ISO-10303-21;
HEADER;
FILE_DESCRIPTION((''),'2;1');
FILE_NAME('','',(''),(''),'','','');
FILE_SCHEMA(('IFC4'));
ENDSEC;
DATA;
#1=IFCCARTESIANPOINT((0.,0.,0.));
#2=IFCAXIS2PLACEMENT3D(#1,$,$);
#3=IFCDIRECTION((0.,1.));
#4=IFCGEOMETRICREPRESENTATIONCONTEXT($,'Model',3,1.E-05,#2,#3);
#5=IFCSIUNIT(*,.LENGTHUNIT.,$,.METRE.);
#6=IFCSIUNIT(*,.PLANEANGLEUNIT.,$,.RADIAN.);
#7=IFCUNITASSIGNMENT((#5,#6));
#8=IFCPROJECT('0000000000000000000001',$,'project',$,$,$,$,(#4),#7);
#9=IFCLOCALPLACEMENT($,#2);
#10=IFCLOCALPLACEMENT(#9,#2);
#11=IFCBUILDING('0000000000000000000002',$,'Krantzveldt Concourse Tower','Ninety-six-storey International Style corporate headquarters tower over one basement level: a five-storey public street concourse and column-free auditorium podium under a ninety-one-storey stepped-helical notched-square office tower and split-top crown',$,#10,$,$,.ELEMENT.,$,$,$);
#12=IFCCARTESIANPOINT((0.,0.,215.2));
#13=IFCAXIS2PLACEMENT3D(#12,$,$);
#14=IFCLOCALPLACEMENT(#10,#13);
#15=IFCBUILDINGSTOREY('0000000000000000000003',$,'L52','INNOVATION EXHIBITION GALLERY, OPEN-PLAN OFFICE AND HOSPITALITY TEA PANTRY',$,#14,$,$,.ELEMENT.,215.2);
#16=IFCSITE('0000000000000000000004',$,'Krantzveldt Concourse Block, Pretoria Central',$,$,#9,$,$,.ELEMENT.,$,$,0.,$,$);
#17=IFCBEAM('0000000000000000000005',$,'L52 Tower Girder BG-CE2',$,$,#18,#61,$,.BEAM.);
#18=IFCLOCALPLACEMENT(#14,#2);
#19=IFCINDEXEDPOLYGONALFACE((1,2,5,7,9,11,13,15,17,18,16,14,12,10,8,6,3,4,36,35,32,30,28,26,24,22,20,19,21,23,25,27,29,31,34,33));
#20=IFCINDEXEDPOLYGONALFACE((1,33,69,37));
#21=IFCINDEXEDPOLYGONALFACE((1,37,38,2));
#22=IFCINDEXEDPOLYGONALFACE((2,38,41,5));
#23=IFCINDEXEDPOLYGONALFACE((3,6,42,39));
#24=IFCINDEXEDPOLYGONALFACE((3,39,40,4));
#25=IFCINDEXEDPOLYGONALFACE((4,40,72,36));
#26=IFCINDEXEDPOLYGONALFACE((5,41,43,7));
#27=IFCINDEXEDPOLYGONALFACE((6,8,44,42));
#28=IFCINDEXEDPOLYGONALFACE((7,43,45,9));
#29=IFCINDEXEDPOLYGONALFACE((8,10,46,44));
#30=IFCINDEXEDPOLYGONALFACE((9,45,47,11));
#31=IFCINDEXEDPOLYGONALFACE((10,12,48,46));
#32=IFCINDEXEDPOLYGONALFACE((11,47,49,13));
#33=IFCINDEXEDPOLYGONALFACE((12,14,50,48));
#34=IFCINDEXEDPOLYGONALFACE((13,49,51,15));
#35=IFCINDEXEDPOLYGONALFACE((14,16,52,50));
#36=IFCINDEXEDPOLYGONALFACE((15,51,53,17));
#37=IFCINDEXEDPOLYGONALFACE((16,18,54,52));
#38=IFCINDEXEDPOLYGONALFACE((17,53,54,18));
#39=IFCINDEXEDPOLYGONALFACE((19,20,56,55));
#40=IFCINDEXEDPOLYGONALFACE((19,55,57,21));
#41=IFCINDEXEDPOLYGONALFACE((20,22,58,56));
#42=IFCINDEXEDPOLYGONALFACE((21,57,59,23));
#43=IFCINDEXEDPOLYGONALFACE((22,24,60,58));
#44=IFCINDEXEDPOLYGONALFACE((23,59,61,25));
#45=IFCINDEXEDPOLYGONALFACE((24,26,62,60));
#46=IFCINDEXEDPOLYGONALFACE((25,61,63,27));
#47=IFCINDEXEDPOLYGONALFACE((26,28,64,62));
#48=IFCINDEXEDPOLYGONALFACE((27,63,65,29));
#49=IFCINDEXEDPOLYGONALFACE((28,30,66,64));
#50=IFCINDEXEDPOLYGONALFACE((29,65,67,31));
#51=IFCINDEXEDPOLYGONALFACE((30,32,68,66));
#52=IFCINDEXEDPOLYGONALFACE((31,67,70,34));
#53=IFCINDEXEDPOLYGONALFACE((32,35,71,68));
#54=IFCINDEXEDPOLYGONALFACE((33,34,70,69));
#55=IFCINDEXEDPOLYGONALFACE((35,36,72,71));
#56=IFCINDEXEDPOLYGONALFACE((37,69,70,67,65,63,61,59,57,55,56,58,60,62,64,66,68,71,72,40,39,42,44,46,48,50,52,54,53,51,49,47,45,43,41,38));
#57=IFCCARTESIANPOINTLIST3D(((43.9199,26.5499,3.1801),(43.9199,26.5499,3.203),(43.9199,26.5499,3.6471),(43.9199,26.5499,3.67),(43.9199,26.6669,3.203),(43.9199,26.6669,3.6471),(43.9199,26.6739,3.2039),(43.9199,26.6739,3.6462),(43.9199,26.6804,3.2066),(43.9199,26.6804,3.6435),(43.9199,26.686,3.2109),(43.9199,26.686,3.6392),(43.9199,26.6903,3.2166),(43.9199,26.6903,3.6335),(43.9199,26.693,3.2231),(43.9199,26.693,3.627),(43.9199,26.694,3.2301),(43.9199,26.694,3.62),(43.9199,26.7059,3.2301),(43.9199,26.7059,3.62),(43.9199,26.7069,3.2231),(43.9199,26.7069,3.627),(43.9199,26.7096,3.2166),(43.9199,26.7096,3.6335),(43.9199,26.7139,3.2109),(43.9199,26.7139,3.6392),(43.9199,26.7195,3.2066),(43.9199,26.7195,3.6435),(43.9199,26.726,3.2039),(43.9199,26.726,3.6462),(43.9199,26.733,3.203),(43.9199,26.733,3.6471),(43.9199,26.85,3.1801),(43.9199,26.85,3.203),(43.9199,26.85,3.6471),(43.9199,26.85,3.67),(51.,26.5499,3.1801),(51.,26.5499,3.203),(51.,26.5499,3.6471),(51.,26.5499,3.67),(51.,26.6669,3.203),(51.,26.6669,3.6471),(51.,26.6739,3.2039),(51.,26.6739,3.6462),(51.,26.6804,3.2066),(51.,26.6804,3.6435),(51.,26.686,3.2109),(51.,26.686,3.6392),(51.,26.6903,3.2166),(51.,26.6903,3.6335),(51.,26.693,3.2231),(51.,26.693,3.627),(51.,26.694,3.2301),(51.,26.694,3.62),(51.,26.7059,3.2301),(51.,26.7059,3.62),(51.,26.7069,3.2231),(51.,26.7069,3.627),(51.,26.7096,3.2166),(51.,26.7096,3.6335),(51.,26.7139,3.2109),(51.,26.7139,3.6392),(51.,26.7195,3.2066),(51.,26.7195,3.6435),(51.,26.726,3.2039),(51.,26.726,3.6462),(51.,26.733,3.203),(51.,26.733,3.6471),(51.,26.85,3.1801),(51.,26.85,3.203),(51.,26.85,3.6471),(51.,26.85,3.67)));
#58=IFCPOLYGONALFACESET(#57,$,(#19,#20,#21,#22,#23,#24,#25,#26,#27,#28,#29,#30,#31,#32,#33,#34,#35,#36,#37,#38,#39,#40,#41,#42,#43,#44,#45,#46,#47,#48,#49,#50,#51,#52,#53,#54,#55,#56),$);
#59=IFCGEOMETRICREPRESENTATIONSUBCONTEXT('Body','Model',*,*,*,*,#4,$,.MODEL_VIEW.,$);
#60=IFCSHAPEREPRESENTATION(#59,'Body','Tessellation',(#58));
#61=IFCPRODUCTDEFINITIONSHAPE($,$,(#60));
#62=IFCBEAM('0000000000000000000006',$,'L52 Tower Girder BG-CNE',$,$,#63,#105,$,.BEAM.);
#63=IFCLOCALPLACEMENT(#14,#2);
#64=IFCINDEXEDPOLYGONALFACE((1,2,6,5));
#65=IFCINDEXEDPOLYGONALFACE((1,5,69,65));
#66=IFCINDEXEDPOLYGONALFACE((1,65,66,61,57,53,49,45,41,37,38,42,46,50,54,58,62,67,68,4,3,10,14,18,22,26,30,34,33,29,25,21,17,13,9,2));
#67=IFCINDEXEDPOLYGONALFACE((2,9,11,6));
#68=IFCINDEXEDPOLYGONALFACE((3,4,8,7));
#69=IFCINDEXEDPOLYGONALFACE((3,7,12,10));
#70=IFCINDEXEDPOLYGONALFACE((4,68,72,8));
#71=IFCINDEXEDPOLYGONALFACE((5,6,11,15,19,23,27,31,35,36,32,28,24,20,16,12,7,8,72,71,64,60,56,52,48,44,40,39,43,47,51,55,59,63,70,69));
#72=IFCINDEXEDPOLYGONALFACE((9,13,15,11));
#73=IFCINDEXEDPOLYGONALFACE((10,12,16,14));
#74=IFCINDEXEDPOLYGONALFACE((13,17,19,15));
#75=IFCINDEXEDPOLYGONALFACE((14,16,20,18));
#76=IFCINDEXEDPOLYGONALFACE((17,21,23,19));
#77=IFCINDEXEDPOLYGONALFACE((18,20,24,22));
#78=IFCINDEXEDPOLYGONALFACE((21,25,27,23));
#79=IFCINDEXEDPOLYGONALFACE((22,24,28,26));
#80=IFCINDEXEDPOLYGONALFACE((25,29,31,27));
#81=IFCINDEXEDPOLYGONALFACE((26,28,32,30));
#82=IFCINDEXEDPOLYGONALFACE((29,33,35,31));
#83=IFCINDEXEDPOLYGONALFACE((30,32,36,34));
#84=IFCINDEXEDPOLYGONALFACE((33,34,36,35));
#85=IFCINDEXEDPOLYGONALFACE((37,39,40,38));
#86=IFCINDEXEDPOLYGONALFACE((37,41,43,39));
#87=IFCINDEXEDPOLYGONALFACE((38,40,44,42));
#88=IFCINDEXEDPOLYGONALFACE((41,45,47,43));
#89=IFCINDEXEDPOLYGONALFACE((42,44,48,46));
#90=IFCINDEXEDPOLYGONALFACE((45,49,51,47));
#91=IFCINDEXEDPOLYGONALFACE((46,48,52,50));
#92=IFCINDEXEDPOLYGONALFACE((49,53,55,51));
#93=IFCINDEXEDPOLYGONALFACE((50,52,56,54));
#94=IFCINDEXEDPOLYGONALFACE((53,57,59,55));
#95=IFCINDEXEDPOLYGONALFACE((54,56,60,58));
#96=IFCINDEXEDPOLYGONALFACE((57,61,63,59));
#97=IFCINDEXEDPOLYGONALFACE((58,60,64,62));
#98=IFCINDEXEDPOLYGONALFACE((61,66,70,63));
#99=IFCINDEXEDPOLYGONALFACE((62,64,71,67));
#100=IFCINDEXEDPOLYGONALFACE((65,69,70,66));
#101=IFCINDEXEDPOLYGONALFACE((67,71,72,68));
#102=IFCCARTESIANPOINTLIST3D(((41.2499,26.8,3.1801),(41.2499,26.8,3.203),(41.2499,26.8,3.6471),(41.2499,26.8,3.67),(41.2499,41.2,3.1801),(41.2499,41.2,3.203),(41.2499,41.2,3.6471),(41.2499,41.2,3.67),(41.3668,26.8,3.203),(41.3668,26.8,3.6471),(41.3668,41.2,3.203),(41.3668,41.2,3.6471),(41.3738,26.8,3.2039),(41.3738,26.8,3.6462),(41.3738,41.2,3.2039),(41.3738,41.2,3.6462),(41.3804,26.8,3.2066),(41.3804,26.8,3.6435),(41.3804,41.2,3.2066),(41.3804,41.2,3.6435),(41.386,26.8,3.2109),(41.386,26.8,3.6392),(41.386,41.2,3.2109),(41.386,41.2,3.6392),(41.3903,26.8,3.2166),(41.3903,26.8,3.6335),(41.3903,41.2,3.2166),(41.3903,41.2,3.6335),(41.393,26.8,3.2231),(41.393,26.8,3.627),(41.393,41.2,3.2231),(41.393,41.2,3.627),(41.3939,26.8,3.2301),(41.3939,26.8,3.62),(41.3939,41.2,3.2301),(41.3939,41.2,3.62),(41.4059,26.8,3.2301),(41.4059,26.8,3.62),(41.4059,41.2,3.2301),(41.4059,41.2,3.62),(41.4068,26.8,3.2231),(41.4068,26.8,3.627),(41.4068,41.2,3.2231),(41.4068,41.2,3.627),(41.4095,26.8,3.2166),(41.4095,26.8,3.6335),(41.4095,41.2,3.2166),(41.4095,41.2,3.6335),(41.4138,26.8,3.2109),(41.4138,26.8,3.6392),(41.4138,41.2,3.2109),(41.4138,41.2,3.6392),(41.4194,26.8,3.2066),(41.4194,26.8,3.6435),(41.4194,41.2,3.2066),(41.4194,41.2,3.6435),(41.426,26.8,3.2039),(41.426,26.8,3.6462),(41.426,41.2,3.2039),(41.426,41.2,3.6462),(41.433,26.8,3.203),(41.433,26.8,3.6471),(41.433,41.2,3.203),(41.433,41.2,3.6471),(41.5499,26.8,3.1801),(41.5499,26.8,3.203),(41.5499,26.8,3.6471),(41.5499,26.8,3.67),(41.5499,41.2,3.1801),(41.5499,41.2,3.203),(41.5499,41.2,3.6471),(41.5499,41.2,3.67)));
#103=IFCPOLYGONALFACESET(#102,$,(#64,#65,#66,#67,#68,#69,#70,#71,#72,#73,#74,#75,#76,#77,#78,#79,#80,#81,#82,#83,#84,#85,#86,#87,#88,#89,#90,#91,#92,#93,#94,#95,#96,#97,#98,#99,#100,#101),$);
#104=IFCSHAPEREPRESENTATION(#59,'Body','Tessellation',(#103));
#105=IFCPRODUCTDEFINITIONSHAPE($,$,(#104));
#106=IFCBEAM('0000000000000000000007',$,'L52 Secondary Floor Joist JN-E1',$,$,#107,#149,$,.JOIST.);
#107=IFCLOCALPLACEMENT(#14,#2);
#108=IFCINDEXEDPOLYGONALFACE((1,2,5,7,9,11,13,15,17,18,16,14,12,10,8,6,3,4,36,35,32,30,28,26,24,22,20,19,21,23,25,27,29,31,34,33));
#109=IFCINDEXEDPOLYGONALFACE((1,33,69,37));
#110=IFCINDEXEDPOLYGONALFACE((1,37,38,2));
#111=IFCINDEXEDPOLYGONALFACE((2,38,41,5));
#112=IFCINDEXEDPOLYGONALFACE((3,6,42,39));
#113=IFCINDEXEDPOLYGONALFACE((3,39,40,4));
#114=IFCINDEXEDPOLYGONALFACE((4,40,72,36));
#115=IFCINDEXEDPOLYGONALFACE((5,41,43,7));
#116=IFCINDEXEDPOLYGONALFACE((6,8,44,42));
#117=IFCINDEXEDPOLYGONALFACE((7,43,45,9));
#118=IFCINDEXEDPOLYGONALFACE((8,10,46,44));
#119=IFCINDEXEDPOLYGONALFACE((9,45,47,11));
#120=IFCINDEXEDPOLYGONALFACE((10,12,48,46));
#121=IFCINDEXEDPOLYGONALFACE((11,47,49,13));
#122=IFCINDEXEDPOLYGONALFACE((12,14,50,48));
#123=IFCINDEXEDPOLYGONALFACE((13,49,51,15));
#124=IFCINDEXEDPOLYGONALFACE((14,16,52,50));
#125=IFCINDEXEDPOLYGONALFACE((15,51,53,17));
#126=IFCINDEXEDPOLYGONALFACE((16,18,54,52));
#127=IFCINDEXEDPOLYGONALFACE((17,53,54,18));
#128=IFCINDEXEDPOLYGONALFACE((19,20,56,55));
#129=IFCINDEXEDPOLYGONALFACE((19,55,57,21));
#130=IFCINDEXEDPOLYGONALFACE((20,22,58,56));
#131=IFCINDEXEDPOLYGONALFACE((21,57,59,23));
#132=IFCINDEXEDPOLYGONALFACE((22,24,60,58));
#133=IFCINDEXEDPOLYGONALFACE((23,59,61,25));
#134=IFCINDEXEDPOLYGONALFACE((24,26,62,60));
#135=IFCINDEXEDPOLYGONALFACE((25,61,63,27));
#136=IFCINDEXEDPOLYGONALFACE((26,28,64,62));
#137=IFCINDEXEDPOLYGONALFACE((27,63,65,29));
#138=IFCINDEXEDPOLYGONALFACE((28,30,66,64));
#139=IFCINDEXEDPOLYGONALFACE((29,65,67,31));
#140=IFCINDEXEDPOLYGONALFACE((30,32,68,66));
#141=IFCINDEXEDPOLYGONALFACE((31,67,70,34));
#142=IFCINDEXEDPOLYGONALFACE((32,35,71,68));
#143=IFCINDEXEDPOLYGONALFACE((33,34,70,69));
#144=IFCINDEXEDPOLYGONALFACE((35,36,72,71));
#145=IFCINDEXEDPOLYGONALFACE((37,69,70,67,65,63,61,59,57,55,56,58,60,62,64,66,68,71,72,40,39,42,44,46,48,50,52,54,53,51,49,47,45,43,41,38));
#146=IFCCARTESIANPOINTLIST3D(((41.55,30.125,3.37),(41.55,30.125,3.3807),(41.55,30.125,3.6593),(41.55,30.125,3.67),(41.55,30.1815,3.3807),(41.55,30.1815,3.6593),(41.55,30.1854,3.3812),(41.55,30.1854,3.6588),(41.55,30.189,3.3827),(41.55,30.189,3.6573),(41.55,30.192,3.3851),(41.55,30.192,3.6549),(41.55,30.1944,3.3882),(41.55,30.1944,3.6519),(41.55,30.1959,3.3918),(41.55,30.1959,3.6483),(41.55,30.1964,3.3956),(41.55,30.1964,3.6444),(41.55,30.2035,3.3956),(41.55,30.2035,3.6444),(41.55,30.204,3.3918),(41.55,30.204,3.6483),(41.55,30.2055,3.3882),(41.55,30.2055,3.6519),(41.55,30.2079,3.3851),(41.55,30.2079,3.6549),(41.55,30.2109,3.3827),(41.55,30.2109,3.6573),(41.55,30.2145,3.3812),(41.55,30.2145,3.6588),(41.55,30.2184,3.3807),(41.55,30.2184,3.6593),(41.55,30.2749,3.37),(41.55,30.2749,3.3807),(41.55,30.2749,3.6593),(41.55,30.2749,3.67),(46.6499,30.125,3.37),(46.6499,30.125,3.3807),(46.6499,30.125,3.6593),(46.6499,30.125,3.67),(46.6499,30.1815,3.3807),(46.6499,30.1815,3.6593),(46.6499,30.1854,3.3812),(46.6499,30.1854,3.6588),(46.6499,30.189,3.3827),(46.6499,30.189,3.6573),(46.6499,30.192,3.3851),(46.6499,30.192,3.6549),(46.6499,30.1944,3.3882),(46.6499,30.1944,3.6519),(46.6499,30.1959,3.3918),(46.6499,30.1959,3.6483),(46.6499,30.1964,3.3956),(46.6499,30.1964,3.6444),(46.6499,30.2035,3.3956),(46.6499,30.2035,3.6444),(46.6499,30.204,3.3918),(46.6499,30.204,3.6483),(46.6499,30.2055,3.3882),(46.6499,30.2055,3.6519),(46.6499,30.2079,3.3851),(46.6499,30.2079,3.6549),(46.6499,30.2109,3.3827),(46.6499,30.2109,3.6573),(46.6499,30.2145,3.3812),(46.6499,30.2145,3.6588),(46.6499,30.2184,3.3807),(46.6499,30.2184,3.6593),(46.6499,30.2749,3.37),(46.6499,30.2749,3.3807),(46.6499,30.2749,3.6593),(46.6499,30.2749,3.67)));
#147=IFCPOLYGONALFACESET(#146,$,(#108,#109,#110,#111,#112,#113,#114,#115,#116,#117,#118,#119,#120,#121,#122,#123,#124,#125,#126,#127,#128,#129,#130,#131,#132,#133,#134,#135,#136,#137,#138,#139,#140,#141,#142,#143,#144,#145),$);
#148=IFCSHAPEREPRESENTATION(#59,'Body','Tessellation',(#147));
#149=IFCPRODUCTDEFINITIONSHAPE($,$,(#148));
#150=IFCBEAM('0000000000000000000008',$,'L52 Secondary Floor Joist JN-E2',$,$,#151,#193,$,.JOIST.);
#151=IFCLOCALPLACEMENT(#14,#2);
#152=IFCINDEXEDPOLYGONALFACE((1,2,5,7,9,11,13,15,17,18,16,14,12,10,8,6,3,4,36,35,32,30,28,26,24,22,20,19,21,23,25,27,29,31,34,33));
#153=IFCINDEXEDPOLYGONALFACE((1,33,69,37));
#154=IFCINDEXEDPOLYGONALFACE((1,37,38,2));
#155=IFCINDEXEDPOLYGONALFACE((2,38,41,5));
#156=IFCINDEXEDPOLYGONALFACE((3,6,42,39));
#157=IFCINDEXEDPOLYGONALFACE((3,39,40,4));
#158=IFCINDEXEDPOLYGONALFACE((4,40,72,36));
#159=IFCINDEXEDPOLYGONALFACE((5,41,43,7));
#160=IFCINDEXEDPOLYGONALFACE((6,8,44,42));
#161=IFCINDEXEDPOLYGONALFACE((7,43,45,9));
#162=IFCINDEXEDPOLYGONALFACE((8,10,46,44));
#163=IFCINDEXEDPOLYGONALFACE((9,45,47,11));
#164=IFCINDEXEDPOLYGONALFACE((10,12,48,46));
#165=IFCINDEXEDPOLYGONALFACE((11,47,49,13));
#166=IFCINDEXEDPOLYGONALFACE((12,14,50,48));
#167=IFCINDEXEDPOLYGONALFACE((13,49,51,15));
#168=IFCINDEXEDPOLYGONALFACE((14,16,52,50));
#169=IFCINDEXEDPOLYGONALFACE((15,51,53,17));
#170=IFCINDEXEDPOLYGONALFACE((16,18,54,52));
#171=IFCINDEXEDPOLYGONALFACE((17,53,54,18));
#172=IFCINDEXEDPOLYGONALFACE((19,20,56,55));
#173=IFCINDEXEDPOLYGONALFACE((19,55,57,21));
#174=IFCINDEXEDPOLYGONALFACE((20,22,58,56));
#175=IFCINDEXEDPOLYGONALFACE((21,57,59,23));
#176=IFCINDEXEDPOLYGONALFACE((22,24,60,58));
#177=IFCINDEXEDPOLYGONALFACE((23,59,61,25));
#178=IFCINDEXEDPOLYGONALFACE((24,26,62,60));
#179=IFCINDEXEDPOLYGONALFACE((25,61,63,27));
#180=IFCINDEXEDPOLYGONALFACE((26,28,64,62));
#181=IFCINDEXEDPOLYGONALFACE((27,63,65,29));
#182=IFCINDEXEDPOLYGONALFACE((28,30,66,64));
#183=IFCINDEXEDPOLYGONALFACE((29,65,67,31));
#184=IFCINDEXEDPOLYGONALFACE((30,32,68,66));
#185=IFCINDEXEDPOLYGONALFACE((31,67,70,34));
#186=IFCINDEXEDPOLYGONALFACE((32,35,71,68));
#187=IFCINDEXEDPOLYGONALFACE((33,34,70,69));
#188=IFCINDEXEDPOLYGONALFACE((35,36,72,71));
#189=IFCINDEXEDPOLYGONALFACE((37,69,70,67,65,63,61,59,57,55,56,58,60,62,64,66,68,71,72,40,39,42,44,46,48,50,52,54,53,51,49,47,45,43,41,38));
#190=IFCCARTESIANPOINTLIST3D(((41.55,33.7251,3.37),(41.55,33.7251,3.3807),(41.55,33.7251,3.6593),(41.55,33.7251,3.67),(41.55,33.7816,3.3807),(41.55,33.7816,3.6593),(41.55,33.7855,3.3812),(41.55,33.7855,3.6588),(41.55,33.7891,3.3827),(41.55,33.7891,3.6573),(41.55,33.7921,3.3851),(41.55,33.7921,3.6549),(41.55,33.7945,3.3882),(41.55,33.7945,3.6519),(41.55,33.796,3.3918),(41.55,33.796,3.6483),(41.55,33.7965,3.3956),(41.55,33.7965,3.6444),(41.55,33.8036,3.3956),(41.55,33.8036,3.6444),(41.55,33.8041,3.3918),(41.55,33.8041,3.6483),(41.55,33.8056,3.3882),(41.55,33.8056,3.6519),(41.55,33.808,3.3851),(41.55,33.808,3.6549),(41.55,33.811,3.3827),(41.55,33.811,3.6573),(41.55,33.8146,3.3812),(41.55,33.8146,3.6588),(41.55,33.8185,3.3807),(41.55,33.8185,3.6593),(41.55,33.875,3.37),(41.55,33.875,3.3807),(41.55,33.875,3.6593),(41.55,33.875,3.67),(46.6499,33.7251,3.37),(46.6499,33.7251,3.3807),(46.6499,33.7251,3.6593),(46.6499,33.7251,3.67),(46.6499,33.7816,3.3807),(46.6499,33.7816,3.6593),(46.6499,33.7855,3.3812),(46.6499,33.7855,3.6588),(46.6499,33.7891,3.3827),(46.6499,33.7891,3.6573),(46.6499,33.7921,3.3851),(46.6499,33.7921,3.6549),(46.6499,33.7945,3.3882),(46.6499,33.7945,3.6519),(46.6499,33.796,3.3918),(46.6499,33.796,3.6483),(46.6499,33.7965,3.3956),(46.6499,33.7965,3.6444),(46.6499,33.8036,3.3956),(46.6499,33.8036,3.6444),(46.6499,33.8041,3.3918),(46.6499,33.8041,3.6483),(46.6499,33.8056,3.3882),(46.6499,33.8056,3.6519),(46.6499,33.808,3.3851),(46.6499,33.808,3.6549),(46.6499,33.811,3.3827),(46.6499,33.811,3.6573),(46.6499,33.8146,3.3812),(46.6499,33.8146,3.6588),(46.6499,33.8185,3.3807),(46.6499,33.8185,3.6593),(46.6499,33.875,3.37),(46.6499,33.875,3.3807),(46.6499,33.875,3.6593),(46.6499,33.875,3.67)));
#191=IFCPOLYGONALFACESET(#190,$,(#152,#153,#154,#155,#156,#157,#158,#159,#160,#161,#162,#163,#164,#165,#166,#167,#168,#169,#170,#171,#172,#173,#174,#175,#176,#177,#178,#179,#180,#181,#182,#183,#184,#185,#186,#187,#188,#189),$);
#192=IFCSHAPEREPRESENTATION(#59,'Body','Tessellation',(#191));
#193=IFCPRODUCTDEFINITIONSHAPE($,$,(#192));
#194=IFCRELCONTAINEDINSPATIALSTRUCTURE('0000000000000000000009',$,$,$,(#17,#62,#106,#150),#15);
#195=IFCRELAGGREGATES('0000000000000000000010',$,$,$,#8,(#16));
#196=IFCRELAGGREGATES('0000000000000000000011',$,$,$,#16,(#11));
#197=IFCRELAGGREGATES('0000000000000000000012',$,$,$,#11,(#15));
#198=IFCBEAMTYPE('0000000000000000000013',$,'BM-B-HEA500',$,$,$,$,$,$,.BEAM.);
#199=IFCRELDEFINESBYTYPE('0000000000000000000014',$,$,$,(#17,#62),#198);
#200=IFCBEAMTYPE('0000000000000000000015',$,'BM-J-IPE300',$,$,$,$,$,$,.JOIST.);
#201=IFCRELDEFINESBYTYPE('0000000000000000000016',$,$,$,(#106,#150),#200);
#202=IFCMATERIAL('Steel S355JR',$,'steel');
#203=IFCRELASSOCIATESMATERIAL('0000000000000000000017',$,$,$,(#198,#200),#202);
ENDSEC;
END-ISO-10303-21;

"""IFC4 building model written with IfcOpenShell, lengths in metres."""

from ifc_helpers import new_model, si_unit, direction, frame, origin, origin_2d, place, context, subcontext, project, spatial, i_section, extrude, source, transform, mapped, material, material_profile, profile_set, type_object, type_shapes, element, save


model = new_model("IFC4")

# Units and contexts
model_context = context("Model", 3, precision=1e-05, world=origin(), true_north=direction((0.0, 1.0)))
body_context = subcontext(model_context, "Body", "Model", "MODEL_VIEW")
ifc_project = project(units=[si_unit("LENGTHUNIT", "METRE"), si_unit("PLANEANGLEUNIT", "RADIAN")], contexts=[model_context])

# Site, building, storey
site_placement = place(None, origin())
site = spatial("IfcSite", under=ifc_project, at=site_placement, Name="Krantzveldt Concourse Block, Pretoria Central", CompositionType="ELEMENT", RefElevation=0.0)
building_placement = place(site_placement, origin())
building = spatial("IfcBuilding", under=site, at=building_placement, Name="Krantzveldt Concourse Tower", Description="Ninety-six-storey International Style corporate headquarters tower over one basement level: a five-storey public street concourse and column-free auditorium podium under a ninety-one-storey stepped-helical notched-square office tower and split-top crown", CompositionType="ELEMENT")
storey_placement = place(building_placement, frame((0.0, 0.0, 215.2)))
storey = spatial("IfcBuildingStorey", under=building, at=storey_placement, Name="L52", Description="INNOVATION EXHIBITION GALLERY, OPEN-PLAN OFFICE AND HOSPITALITY TEA PANTRY", CompositionType="ELEMENT", Elevation=215.2)

# Beams
ifc_material_1 = material(Name="Steel S355JR", Category="steel")
ifc_material_profile_1 = material_profile(ifc_material_1, i_section(OverallWidth=0.3, OverallDepth=0.49, WebThickness=0.012, FlangeThickness=0.0229, FilletRadius=0.0271, at=origin_2d()), Name="Steel S355JR", Category="steel")
ifc_profile_set_1 = profile_set([ifc_material_profile_1], Name="Steel S355JR - HEA 500")
beam_type_1 = type_object("IfcBeamType", Name="BM-B-HEA500", PredefinedType="BEAM", material=ifc_profile_set_1)
shared_shape_1 = source(origin(), body_context, "Body", "SweptSolid", [
    extrude(i_section(OverallWidth=0.3, OverallDepth=0.49, WebThickness=0.012, FlangeThickness=0.0229, FilletRadius=0.0271, at=origin_2d()), origin(), (0.0, 0.0, 1.0), 7.0801),
])
beam_1_placement = place(storey_placement, frame((43.9199, 26.7, 3.425), z_axis=(1.0, 0.0, 0.0), x_axis=(0.0, 1.0, 0.0)))
element("IfcBeam", 1, at=beam_1_placement, inside=storey, type_object=beam_type_1, Name="L52 Tower Girder BG-CE2", PredefinedType="BEAM", context=body_context, shape_type="MappedRepresentation", body=[
    mapped(shared_shape_1, transform((0.0, 0.0, 0.0), x_axis=(1.0, 0.0, 0.0), y_axis=(0.0, 1.0, 0.0), z_axis=(0.0, 0.0, 1.0), scale=1.0)),
])
shared_shape_2 = source(origin(), body_context, "Body", "SweptSolid", [
    extrude(i_section(OverallWidth=0.3, OverallDepth=0.49, WebThickness=0.012, FlangeThickness=0.0229, FilletRadius=0.0271, at=origin_2d()), origin(), (0.0, 0.0, 1.0), 14.3999),
])
type_shapes(beam_type_1, [shared_shape_1, shared_shape_2])
beam_2_placement = place(storey_placement, frame((41.3999, 26.8, 3.425), z_axis=(0.0, 1.0, 0.0), x_axis=(-1.0, 0.0, 0.0)))
element("IfcBeam", 2, at=beam_2_placement, inside=storey, type_object=beam_type_1, Name="L52 Tower Girder BG-CNE", PredefinedType="BEAM", context=body_context, shape_type="MappedRepresentation", body=[
    mapped(shared_shape_2, transform((0.0, 0.0, 0.0), x_axis=(1.0, 0.0, 0.0), y_axis=(0.0, 1.0, 0.0), z_axis=(0.0, 0.0, 1.0), scale=1.0)),
])
ifc_material_profile_2 = material_profile(ifc_material_1, i_section(OverallWidth=0.1499, OverallDepth=0.3, WebThickness=0.0071, FlangeThickness=0.0107, FilletRadius=0.0149, at=origin_2d()), Name="Steel S355JR", Category="steel")
ifc_profile_set_2 = profile_set([ifc_material_profile_2], Name="Steel S355JR - IPE 300")
beam_type_2 = type_object("IfcBeamType", Name="BM-J-IPE300", PredefinedType="JOIST", material=ifc_profile_set_2)
shared_shape_3 = source(origin(), body_context, "Body", "SweptSolid", [
    extrude(i_section(OverallWidth=0.1499, OverallDepth=0.3, WebThickness=0.0071, FlangeThickness=0.0107, FilletRadius=0.0149, at=origin_2d()), origin(), (0.0, 0.0, 1.0), 5.0999),
])
type_shapes(beam_type_2, [shared_shape_3])
for number, where, z_axis, x_axis, name in (
    (3, (41.55, 30.2, 3.52), (1.0, 0.0, 0.0), (0.0, 1.0, 0.0), "L52 Secondary Floor Joist JN-E1"),
    (4, (41.55, 33.8, 3.52), (1.0, 0.0, 0.0), (0.0, 1.0, 0.0), "L52 Secondary Floor Joist JN-E2"),
):
    element("IfcBeam", number, at=place(storey_placement, frame(where, z_axis=z_axis, x_axis=x_axis)), inside=storey, type_object=beam_type_2, Name=name, PredefinedType="JOIST", context=body_context, shape_type="MappedRepresentation", body=[
        mapped(shared_shape_3, transform((0.0, 0.0, 0.0), x_axis=(1.0, 0.0, 0.0), y_axis=(0.0, 1.0, 0.0), z_axis=(0.0, 0.0, 1.0), scale=1.0)),
    ])

save(model, "model.ifc")
